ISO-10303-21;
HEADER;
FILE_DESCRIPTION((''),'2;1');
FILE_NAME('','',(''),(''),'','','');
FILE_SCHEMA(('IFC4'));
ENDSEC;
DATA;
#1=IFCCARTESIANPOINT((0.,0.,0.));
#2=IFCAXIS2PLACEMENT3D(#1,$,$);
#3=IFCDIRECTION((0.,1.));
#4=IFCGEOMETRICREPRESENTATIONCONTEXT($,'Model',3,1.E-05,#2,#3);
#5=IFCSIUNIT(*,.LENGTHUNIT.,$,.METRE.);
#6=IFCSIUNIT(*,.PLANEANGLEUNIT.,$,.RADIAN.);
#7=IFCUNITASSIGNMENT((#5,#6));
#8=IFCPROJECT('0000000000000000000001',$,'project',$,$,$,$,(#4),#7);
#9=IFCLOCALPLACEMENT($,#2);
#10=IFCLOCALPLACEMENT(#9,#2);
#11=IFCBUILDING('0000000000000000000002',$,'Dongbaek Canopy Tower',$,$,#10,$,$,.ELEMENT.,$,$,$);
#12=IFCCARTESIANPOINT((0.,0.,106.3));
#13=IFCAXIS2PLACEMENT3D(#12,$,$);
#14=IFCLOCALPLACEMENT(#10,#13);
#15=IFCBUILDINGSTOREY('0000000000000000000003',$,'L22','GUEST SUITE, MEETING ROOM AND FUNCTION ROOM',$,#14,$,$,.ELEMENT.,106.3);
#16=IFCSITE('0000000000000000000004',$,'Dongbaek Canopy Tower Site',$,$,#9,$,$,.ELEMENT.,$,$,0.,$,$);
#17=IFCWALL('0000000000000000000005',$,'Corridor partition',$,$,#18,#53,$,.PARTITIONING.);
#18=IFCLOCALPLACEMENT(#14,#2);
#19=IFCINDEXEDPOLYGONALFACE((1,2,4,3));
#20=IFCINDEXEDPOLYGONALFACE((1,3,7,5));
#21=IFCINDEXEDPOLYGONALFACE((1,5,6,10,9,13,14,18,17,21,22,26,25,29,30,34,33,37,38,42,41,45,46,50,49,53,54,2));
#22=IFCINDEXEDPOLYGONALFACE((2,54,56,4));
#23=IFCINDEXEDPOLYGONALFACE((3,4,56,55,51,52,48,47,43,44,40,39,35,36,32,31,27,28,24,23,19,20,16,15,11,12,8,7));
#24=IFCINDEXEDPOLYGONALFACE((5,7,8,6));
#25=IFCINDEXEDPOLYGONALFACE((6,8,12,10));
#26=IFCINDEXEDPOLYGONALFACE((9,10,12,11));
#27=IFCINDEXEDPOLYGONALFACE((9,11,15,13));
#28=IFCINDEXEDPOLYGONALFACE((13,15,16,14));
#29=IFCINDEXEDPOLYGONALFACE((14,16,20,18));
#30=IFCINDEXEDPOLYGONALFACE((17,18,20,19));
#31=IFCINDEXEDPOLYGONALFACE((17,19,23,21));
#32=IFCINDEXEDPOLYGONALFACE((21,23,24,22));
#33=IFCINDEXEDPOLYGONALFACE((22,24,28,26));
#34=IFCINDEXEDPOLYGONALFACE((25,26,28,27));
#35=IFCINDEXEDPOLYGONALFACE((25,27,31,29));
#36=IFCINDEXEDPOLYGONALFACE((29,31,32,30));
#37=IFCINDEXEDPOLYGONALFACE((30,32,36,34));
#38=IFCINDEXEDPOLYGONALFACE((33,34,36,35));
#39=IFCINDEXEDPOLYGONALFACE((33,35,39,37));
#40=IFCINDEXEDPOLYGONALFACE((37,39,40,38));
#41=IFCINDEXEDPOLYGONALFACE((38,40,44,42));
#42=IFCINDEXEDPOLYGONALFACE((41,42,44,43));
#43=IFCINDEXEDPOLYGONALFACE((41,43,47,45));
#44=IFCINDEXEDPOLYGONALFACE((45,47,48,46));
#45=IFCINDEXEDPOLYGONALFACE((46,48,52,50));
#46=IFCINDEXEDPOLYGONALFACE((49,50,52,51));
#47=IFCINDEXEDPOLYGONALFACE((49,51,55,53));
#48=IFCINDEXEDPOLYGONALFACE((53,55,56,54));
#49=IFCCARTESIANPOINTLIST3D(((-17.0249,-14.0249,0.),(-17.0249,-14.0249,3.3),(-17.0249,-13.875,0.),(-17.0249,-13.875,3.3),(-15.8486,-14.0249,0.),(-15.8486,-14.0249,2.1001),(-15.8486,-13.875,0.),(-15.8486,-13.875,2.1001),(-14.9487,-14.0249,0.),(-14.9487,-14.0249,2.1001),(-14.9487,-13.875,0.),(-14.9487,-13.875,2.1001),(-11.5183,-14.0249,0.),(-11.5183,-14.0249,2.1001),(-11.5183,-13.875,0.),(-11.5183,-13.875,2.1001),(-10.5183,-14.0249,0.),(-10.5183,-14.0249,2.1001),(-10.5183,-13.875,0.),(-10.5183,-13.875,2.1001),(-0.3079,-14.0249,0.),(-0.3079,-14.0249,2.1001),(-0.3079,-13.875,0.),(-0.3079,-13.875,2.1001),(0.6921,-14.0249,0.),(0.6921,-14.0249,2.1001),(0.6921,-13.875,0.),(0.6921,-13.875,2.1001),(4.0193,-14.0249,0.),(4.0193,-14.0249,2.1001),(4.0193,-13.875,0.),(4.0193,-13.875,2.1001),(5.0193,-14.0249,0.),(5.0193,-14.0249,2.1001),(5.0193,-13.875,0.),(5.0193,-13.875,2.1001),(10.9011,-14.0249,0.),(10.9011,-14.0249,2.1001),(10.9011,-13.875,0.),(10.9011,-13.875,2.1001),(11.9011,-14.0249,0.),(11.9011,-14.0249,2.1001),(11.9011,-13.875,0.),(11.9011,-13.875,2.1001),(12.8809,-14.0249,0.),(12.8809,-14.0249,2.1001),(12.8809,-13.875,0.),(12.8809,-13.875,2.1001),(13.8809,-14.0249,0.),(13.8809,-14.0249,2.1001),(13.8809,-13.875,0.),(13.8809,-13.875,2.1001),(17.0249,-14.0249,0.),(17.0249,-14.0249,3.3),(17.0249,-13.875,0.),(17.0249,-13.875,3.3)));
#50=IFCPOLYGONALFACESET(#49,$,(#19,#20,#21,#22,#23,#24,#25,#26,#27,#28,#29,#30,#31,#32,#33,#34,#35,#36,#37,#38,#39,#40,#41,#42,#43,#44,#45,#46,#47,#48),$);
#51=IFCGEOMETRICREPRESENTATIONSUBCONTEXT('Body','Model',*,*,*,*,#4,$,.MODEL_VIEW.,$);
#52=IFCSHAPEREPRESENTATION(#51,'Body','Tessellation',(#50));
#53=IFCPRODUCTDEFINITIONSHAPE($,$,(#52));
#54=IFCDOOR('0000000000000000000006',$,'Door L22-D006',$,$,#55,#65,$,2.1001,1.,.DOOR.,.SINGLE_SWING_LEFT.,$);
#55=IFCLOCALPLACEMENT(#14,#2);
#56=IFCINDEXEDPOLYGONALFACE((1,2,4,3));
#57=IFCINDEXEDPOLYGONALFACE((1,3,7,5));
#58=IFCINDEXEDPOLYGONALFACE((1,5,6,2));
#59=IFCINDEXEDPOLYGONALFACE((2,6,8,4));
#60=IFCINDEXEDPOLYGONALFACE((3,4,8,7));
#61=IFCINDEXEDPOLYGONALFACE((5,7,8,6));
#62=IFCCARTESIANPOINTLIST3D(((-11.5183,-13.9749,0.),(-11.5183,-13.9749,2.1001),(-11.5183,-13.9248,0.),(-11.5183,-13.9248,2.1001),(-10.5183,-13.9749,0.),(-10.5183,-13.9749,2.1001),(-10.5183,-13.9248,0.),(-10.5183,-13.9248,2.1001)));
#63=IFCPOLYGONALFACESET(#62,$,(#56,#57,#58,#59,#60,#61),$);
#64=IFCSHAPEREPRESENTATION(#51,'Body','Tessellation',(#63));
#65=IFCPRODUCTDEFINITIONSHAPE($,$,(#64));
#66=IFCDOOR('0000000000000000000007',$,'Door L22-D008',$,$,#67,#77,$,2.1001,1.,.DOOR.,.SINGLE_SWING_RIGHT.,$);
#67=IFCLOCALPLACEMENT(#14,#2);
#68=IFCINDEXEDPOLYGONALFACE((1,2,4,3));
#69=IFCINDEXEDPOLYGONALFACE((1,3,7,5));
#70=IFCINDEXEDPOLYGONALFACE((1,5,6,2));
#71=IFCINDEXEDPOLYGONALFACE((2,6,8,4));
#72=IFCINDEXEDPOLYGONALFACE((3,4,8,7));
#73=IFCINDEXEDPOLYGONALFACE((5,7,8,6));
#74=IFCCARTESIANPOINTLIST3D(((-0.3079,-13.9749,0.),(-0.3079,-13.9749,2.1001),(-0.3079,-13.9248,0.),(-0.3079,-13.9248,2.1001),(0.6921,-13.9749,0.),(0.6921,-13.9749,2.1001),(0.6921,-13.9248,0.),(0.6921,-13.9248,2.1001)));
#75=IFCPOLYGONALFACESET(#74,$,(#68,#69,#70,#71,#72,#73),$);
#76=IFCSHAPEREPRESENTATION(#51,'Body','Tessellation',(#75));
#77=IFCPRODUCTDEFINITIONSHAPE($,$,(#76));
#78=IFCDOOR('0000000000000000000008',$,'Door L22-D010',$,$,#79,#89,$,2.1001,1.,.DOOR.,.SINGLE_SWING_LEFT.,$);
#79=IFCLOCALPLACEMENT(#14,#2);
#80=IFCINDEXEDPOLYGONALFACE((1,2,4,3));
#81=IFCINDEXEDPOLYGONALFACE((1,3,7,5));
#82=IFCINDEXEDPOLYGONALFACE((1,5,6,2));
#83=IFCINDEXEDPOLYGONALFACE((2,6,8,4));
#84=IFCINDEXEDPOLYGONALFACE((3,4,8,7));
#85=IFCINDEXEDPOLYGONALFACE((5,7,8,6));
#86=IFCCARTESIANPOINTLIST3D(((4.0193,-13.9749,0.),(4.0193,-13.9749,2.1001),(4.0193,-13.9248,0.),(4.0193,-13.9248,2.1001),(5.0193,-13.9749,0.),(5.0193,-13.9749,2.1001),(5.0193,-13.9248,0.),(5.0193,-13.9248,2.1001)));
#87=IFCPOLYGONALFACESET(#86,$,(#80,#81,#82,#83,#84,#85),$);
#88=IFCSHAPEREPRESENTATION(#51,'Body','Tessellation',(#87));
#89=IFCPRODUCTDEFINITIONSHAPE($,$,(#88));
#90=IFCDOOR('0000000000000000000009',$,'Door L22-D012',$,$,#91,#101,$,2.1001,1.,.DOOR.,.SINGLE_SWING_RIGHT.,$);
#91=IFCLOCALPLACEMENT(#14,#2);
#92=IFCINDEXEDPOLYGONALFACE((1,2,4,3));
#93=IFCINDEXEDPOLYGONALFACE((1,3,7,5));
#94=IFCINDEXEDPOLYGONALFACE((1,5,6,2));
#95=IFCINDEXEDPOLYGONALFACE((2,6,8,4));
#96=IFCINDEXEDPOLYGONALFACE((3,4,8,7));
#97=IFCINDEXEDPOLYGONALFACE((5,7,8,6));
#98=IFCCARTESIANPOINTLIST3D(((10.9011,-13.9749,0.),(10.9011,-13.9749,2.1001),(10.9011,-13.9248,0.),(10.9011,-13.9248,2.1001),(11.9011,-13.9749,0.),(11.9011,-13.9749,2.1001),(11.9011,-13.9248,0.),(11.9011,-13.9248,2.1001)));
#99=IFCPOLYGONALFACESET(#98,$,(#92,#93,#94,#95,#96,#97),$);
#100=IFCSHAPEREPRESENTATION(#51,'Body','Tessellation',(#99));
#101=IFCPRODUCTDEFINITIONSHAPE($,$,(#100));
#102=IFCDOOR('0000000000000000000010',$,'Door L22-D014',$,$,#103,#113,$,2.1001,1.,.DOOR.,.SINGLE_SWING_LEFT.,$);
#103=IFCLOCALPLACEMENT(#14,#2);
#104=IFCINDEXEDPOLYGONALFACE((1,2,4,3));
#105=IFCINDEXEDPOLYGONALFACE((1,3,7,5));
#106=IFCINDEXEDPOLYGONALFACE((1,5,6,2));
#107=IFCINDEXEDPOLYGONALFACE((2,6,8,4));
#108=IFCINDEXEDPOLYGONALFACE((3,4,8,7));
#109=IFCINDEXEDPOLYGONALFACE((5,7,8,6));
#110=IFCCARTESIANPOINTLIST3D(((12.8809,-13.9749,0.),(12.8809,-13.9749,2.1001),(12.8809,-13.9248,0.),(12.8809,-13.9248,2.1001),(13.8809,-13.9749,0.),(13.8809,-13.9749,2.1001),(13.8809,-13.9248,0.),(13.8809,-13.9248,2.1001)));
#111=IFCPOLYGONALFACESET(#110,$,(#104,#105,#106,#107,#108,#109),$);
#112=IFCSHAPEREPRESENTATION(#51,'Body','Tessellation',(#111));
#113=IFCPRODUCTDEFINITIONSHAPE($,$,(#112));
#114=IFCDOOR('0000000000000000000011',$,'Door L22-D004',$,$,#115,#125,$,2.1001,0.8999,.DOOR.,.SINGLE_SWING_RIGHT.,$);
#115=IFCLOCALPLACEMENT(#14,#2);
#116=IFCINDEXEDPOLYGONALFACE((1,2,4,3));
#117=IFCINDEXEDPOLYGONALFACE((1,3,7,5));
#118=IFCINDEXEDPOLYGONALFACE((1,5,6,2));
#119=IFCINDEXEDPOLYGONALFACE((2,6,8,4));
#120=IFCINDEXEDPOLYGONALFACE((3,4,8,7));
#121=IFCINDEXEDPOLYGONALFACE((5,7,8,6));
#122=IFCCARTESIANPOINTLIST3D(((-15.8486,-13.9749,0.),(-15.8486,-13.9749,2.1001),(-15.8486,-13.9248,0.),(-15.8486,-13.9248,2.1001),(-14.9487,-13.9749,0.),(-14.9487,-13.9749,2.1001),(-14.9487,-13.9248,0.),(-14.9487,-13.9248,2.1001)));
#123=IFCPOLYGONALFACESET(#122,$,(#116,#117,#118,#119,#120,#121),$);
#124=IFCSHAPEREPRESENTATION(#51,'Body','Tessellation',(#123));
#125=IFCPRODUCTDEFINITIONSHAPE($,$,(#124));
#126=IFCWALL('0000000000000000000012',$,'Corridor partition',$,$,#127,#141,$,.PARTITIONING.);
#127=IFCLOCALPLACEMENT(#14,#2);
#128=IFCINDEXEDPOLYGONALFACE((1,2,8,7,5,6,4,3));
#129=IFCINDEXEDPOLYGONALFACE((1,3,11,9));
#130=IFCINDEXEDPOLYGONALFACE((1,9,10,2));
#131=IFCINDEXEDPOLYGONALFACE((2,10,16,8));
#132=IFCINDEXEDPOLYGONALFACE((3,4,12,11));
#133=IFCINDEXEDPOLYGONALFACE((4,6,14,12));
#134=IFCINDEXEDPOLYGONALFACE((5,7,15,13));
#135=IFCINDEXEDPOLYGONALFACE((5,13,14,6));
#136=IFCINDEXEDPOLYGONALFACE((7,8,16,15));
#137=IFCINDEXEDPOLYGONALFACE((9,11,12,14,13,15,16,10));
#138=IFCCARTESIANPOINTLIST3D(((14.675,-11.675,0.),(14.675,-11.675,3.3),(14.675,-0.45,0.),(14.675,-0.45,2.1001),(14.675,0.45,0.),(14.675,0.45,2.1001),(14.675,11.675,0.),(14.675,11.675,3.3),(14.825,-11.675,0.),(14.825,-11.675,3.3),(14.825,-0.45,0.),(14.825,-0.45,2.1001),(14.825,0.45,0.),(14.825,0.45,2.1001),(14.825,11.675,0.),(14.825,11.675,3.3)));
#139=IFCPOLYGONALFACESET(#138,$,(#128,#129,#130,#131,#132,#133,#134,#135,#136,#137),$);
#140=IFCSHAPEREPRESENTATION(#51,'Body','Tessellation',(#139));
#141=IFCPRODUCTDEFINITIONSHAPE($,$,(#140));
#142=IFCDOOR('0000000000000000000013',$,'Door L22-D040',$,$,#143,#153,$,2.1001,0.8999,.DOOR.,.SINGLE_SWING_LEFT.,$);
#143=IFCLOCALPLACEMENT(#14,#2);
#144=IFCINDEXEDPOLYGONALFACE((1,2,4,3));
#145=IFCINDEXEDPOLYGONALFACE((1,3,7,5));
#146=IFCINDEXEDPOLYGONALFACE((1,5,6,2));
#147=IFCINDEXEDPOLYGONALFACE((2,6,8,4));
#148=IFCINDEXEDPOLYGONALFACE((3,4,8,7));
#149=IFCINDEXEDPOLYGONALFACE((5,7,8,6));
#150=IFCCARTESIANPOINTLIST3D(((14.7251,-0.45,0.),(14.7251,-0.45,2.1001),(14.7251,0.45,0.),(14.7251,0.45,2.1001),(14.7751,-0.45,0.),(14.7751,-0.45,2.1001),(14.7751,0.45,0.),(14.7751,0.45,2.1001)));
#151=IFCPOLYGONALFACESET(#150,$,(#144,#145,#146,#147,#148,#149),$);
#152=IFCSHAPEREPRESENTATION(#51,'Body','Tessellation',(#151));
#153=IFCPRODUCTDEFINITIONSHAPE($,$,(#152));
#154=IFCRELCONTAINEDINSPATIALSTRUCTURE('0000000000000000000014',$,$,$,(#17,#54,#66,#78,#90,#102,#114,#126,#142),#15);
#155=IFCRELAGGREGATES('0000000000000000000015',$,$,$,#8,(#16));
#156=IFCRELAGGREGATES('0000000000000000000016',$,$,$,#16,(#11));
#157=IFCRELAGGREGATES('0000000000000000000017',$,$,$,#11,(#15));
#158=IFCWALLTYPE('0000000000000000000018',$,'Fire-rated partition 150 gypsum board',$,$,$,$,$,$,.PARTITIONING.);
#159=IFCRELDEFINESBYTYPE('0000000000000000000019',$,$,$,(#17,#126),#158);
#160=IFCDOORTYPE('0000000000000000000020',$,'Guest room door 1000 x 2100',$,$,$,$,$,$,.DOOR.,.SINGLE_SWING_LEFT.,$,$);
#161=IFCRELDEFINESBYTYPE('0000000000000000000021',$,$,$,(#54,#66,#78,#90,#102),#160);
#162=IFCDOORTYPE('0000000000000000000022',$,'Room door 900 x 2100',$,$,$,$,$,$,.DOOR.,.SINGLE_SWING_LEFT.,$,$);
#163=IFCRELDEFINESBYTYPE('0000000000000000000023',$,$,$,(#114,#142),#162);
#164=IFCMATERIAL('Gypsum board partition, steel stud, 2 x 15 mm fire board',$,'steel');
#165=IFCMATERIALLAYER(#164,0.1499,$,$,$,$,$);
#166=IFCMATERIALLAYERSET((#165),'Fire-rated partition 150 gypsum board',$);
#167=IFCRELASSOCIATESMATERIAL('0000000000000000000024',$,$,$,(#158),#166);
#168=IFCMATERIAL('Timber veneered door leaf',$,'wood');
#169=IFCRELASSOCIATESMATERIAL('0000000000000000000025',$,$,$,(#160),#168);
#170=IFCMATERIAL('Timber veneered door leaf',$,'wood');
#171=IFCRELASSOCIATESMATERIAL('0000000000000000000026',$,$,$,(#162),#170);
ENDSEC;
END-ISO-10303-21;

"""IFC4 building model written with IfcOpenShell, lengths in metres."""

from ifc_helpers import new_model, si_unit, direction, frame, frame_2d, origin, place, context, subcontext, project, spatial, rectangle, extrude, material, layer, layer_set, type_object, element, fill, save


model = new_model("IFC4")

# Units and contexts
model_context = context("Model", 3, precision=1e-05, world=origin(), true_north=direction((0.0, 1.0)))
body_context = subcontext(model_context, "Body", "Model", "MODEL_VIEW")
ifc_project = project(units=[si_unit("LENGTHUNIT", "METRE"), si_unit("PLANEANGLEUNIT", "RADIAN")], contexts=[model_context])

# Site, building, storey
site_placement = place(None, origin())
site = spatial("IfcSite", under=ifc_project, at=site_placement, Name="Dongbaek Canopy Tower Site", CompositionType="ELEMENT", RefElevation=0.0)
building_placement = place(site_placement, origin())
building = spatial("IfcBuilding", under=site, at=building_placement, Name="Dongbaek Canopy Tower", CompositionType="ELEMENT")
storey_placement = place(building_placement, frame((0.0, 0.0, 106.3)))
storey = spatial("IfcBuildingStorey", under=building, at=storey_placement, Name="L22", Description="GUEST SUITE, MEETING ROOM AND FUNCTION ROOM", CompositionType="ELEMENT", Elevation=106.3)

# Wall, openings, doors
ifc_material_1 = material(Name="Gypsum board partition, steel stud, 2 x 15 mm fire board", Category="steel")
ifc_layer_1 = layer(ifc_material_1, 0.1499)
ifc_layer_set_1 = layer_set([ifc_layer_1], Name="Fire-rated partition 150 gypsum board")
wall_type_1 = type_object("IfcWallType", Name="Fire-rated partition 150 gypsum board", PredefinedType="PARTITIONING", material=ifc_layer_set_1)
wall_1_placement = place(storey_placement, frame((17.0249, -13.95, 0.0), z_axis=(0.0, 0.0, 1.0), x_axis=(-1.0, 0.0, 0.0)))
wall_1 = element("IfcWall", 1, at=wall_1_placement, inside=storey, type_object=wall_type_1, Name="Corridor partition", PredefinedType="PARTITIONING", context=body_context, shape_type="SweptSolid", body=[
    extrude(rectangle(XDim=34.0498, YDim=0.1499, at=frame_2d((17.0249, 0.0))), origin(), (0.0, 0.0, 1.0), 3.3),
])
opening_1_placement = place(wall_1_placement, frame((31.9736, 0.0, 0.0)))
opening_1 = element("IfcOpeningElement", 2, at=opening_1_placement, cuts=wall_1, PredefinedType="OPENING", context=body_context, shape_type="SweptSolid", body=[
    extrude(rectangle(XDim=0.8999, YDim=2.1001, at=frame_2d((0.45, 1.05))), frame((0.0, 0.085, 0.0), z_axis=(0.0, -1.0, 0.0), x_axis=(1.0, 0.0, 0.0)), (0.0, 0.0, 1.0), 0.1699),
])
opening_2_placement = place(wall_1_placement, frame((27.5432, 0.0, 0.0)))
opening_2 = element("IfcOpeningElement", 3, at=opening_2_placement, cuts=wall_1, PredefinedType="OPENING", context=body_context, shape_type="SweptSolid", body=[
    extrude(rectangle(XDim=1.0, YDim=2.1001, at=frame_2d((0.5, 1.05))), frame((0.0, 0.085, 0.0), z_axis=(0.0, -1.0, 0.0), x_axis=(1.0, 0.0, 0.0)), (0.0, 0.0, 1.0), 0.1699),
])
opening_3_placement = place(wall_1_placement, frame((16.3328, 0.0, 0.0)))
opening_3 = element("IfcOpeningElement", 4, at=opening_3_placement, cuts=wall_1, PredefinedType="OPENING", context=body_context, shape_type="SweptSolid", body=[
    extrude(rectangle(XDim=1.0, YDim=2.1001, at=frame_2d((0.5, 1.05))), frame((0.0, 0.085, 0.0), z_axis=(0.0, -1.0, 0.0), x_axis=(1.0, 0.0, 0.0)), (0.0, 0.0, 1.0), 0.1699),
])
opening_4_placement = place(wall_1_placement, frame((12.0056, 0.0, 0.0)))
opening_4 = element("IfcOpeningElement", 5, at=opening_4_placement, cuts=wall_1, PredefinedType="OPENING", context=body_context, shape_type="SweptSolid", body=[
    extrude(rectangle(XDim=1.0, YDim=2.1001, at=frame_2d((0.5, 1.05))), frame((0.0, 0.085, 0.0), z_axis=(0.0, -1.0, 0.0), x_axis=(1.0, 0.0, 0.0)), (0.0, 0.0, 1.0), 0.1699),
])
opening_5_placement = place(wall_1_placement, frame((5.1238, 0.0, 0.0)))
opening_5 = element("IfcOpeningElement", 6, at=opening_5_placement, cuts=wall_1, PredefinedType="OPENING", context=body_context, shape_type="SweptSolid", body=[
    extrude(rectangle(XDim=1.0, YDim=2.1001, at=frame_2d((0.5, 1.05))), frame((0.0, 0.085, 0.0), z_axis=(0.0, -1.0, 0.0), x_axis=(1.0, 0.0, 0.0)), (0.0, 0.0, 1.0), 0.1699),
])
opening_6_placement = place(wall_1_placement, frame((3.144, 0.0, 0.0)))
opening_6 = element("IfcOpeningElement", 7, at=opening_6_placement, cuts=wall_1, PredefinedType="OPENING", context=body_context, shape_type="SweptSolid", body=[
    extrude(rectangle(XDim=1.0, YDim=2.1001, at=frame_2d((0.5, 1.05))), frame((0.0, 0.085, 0.0), z_axis=(0.0, -1.0, 0.0), x_axis=(1.0, 0.0, 0.0)), (0.0, 0.0, 1.0), 0.1699),
])
ifc_material_2 = material(Name="Timber veneered door leaf", Category="wood")
door_type_1 = type_object("IfcDoorType", Name="Guest room door 1000 x 2100", OperationType="SINGLE_SWING_LEFT", PredefinedType="DOOR", material=ifc_material_2)
door_1_placement = place(opening_2_placement, origin())
door_1 = element("IfcDoor", 8, at=door_1_placement, inside=storey, type_object=door_type_1, Name="Door L22-D006", OperationType="SINGLE_SWING_LEFT", OverallHeight=2.1001, OverallWidth=1.0, PredefinedType="DOOR", context=body_context, shape_type="SweptSolid", body=[
    extrude(rectangle(XDim=1.0, YDim=2.1001, at=frame_2d((0.5, 1.05))), frame((0.0, 0.0249, 0.0), z_axis=(0.0, -1.0, 0.0), x_axis=(1.0, 0.0, 0.0)), (0.0, 0.0, 1.0), 0.05),
])
fill(opening_2, door_1)
door_2_placement = place(opening_3_placement, origin())
door_2 = element("IfcDoor", 9, at=door_2_placement, inside=storey, type_object=door_type_1, Name="Door L22-D008", OperationType="SINGLE_SWING_RIGHT", OverallHeight=2.1001, OverallWidth=1.0, PredefinedType="DOOR", context=body_context, shape_type="SweptSolid", body=[
    extrude(rectangle(XDim=1.0, YDim=2.1001, at=frame_2d((0.5, 1.05))), frame((0.0, 0.0249, 0.0), z_axis=(0.0, -1.0, 0.0), x_axis=(1.0, 0.0, 0.0)), (0.0, 0.0, 1.0), 0.05),
])
fill(opening_3, door_2)
door_3_placement = place(opening_4_placement, origin())
door_3 = element("IfcDoor", 10, at=door_3_placement, inside=storey, type_object=door_type_1, Name="Door L22-D010", OperationType="SINGLE_SWING_LEFT", OverallHeight=2.1001, OverallWidth=1.0, PredefinedType="DOOR", context=body_context, shape_type="SweptSolid", body=[
    extrude(rectangle(XDim=1.0, YDim=2.1001, at=frame_2d((0.5, 1.05))), frame((0.0, 0.0249, 0.0), z_axis=(0.0, -1.0, 0.0), x_axis=(1.0, 0.0, 0.0)), (0.0, 0.0, 1.0), 0.05),
])
fill(opening_4, door_3)
door_4_placement = place(opening_5_placement, origin())
door_4 = element("IfcDoor", 11, at=door_4_placement, inside=storey, type_object=door_type_1, Name="Door L22-D012", OperationType="SINGLE_SWING_RIGHT", OverallHeight=2.1001, OverallWidth=1.0, PredefinedType="DOOR", context=body_context, shape_type="SweptSolid", body=[
    extrude(rectangle(XDim=1.0, YDim=2.1001, at=frame_2d((0.5, 1.05))), frame((0.0, 0.0249, 0.0), z_axis=(0.0, -1.0, 0.0), x_axis=(1.0, 0.0, 0.0)), (0.0, 0.0, 1.0), 0.05),
])
fill(opening_5, door_4)
door_5_placement = place(opening_6_placement, origin())
door_5 = element("IfcDoor", 12, at=door_5_placement, inside=storey, type_object=door_type_1, Name="Door L22-D014", OperationType="SINGLE_SWING_LEFT", OverallHeight=2.1001, OverallWidth=1.0, PredefinedType="DOOR", context=body_context, shape_type="SweptSolid", body=[
    extrude(rectangle(XDim=1.0, YDim=2.1001, at=frame_2d((0.5, 1.05))), frame((0.0, 0.0249, 0.0), z_axis=(0.0, -1.0, 0.0), x_axis=(1.0, 0.0, 0.0)), (0.0, 0.0, 1.0), 0.05),
])
fill(opening_6, door_5)
ifc_material_3 = material(Name="Timber veneered door leaf", Category="wood")
door_type_2 = type_object("IfcDoorType", Name="Room door 900 x 2100", OperationType="SINGLE_SWING_LEFT", PredefinedType="DOOR", material=ifc_material_3)
door_6_placement = place(opening_1_placement, origin())
door_6 = element("IfcDoor", 13, at=door_6_placement, inside=storey, type_object=door_type_2, Name="Door L22-D004", OperationType="SINGLE_SWING_RIGHT", OverallHeight=2.1001, OverallWidth=0.8999, PredefinedType="DOOR", context=body_context, shape_type="SweptSolid", body=[
    extrude(rectangle(XDim=0.8999, YDim=2.1001, at=frame_2d((0.45, 1.05))), frame((0.0, 0.0249, 0.0), z_axis=(0.0, -1.0, 0.0), x_axis=(1.0, 0.0, 0.0)), (0.0, 0.0, 1.0), 0.05),
])
fill(opening_1, door_6)

# Wall, opening, door
wall_2_placement = place(storey_placement, frame((14.75, -11.675, 0.0), z_axis=(0.0, 0.0, 1.0), x_axis=(0.0, 1.0, 0.0)))
wall_2 = element("IfcWall", 14, at=wall_2_placement, inside=storey, type_object=wall_type_1, Name="Corridor partition", PredefinedType="PARTITIONING", context=body_context, shape_type="SweptSolid", body=[
    extrude(rectangle(XDim=23.3501, YDim=0.1499, at=frame_2d((11.675, 0.0))), origin(), (0.0, 0.0, 1.0), 3.3),
])
opening_7_placement = place(wall_2_placement, frame((11.2251, 0.0, 0.0)))
opening_7 = element("IfcOpeningElement", 15, at=opening_7_placement, cuts=wall_2, PredefinedType="OPENING", context=body_context, shape_type="SweptSolid", body=[
    extrude(rectangle(XDim=0.8999, YDim=2.1001, at=frame_2d((0.45, 1.05))), frame((0.0, 0.085, 0.0), z_axis=(0.0, -1.0, 0.0), x_axis=(1.0, 0.0, 0.0)), (0.0, 0.0, 1.0), 0.1699),
])
door_7_placement = place(opening_7_placement, origin())
door_7 = element("IfcDoor", 16, at=door_7_placement, inside=storey, type_object=door_type_2, Name="Door L22-D040", OperationType="SINGLE_SWING_LEFT", OverallHeight=2.1001, OverallWidth=0.8999, PredefinedType="DOOR", context=body_context, shape_type="SweptSolid", body=[
    extrude(rectangle(XDim=0.8999, YDim=2.1001, at=frame_2d((0.45, 1.05))), frame((0.0, 0.0249, 0.0), z_axis=(0.0, -1.0, 0.0), x_axis=(1.0, 0.0, 0.0)), (0.0, 0.0, 1.0), 0.05),
])
fill(opening_7, door_7)

save(model, "model.ifc")
